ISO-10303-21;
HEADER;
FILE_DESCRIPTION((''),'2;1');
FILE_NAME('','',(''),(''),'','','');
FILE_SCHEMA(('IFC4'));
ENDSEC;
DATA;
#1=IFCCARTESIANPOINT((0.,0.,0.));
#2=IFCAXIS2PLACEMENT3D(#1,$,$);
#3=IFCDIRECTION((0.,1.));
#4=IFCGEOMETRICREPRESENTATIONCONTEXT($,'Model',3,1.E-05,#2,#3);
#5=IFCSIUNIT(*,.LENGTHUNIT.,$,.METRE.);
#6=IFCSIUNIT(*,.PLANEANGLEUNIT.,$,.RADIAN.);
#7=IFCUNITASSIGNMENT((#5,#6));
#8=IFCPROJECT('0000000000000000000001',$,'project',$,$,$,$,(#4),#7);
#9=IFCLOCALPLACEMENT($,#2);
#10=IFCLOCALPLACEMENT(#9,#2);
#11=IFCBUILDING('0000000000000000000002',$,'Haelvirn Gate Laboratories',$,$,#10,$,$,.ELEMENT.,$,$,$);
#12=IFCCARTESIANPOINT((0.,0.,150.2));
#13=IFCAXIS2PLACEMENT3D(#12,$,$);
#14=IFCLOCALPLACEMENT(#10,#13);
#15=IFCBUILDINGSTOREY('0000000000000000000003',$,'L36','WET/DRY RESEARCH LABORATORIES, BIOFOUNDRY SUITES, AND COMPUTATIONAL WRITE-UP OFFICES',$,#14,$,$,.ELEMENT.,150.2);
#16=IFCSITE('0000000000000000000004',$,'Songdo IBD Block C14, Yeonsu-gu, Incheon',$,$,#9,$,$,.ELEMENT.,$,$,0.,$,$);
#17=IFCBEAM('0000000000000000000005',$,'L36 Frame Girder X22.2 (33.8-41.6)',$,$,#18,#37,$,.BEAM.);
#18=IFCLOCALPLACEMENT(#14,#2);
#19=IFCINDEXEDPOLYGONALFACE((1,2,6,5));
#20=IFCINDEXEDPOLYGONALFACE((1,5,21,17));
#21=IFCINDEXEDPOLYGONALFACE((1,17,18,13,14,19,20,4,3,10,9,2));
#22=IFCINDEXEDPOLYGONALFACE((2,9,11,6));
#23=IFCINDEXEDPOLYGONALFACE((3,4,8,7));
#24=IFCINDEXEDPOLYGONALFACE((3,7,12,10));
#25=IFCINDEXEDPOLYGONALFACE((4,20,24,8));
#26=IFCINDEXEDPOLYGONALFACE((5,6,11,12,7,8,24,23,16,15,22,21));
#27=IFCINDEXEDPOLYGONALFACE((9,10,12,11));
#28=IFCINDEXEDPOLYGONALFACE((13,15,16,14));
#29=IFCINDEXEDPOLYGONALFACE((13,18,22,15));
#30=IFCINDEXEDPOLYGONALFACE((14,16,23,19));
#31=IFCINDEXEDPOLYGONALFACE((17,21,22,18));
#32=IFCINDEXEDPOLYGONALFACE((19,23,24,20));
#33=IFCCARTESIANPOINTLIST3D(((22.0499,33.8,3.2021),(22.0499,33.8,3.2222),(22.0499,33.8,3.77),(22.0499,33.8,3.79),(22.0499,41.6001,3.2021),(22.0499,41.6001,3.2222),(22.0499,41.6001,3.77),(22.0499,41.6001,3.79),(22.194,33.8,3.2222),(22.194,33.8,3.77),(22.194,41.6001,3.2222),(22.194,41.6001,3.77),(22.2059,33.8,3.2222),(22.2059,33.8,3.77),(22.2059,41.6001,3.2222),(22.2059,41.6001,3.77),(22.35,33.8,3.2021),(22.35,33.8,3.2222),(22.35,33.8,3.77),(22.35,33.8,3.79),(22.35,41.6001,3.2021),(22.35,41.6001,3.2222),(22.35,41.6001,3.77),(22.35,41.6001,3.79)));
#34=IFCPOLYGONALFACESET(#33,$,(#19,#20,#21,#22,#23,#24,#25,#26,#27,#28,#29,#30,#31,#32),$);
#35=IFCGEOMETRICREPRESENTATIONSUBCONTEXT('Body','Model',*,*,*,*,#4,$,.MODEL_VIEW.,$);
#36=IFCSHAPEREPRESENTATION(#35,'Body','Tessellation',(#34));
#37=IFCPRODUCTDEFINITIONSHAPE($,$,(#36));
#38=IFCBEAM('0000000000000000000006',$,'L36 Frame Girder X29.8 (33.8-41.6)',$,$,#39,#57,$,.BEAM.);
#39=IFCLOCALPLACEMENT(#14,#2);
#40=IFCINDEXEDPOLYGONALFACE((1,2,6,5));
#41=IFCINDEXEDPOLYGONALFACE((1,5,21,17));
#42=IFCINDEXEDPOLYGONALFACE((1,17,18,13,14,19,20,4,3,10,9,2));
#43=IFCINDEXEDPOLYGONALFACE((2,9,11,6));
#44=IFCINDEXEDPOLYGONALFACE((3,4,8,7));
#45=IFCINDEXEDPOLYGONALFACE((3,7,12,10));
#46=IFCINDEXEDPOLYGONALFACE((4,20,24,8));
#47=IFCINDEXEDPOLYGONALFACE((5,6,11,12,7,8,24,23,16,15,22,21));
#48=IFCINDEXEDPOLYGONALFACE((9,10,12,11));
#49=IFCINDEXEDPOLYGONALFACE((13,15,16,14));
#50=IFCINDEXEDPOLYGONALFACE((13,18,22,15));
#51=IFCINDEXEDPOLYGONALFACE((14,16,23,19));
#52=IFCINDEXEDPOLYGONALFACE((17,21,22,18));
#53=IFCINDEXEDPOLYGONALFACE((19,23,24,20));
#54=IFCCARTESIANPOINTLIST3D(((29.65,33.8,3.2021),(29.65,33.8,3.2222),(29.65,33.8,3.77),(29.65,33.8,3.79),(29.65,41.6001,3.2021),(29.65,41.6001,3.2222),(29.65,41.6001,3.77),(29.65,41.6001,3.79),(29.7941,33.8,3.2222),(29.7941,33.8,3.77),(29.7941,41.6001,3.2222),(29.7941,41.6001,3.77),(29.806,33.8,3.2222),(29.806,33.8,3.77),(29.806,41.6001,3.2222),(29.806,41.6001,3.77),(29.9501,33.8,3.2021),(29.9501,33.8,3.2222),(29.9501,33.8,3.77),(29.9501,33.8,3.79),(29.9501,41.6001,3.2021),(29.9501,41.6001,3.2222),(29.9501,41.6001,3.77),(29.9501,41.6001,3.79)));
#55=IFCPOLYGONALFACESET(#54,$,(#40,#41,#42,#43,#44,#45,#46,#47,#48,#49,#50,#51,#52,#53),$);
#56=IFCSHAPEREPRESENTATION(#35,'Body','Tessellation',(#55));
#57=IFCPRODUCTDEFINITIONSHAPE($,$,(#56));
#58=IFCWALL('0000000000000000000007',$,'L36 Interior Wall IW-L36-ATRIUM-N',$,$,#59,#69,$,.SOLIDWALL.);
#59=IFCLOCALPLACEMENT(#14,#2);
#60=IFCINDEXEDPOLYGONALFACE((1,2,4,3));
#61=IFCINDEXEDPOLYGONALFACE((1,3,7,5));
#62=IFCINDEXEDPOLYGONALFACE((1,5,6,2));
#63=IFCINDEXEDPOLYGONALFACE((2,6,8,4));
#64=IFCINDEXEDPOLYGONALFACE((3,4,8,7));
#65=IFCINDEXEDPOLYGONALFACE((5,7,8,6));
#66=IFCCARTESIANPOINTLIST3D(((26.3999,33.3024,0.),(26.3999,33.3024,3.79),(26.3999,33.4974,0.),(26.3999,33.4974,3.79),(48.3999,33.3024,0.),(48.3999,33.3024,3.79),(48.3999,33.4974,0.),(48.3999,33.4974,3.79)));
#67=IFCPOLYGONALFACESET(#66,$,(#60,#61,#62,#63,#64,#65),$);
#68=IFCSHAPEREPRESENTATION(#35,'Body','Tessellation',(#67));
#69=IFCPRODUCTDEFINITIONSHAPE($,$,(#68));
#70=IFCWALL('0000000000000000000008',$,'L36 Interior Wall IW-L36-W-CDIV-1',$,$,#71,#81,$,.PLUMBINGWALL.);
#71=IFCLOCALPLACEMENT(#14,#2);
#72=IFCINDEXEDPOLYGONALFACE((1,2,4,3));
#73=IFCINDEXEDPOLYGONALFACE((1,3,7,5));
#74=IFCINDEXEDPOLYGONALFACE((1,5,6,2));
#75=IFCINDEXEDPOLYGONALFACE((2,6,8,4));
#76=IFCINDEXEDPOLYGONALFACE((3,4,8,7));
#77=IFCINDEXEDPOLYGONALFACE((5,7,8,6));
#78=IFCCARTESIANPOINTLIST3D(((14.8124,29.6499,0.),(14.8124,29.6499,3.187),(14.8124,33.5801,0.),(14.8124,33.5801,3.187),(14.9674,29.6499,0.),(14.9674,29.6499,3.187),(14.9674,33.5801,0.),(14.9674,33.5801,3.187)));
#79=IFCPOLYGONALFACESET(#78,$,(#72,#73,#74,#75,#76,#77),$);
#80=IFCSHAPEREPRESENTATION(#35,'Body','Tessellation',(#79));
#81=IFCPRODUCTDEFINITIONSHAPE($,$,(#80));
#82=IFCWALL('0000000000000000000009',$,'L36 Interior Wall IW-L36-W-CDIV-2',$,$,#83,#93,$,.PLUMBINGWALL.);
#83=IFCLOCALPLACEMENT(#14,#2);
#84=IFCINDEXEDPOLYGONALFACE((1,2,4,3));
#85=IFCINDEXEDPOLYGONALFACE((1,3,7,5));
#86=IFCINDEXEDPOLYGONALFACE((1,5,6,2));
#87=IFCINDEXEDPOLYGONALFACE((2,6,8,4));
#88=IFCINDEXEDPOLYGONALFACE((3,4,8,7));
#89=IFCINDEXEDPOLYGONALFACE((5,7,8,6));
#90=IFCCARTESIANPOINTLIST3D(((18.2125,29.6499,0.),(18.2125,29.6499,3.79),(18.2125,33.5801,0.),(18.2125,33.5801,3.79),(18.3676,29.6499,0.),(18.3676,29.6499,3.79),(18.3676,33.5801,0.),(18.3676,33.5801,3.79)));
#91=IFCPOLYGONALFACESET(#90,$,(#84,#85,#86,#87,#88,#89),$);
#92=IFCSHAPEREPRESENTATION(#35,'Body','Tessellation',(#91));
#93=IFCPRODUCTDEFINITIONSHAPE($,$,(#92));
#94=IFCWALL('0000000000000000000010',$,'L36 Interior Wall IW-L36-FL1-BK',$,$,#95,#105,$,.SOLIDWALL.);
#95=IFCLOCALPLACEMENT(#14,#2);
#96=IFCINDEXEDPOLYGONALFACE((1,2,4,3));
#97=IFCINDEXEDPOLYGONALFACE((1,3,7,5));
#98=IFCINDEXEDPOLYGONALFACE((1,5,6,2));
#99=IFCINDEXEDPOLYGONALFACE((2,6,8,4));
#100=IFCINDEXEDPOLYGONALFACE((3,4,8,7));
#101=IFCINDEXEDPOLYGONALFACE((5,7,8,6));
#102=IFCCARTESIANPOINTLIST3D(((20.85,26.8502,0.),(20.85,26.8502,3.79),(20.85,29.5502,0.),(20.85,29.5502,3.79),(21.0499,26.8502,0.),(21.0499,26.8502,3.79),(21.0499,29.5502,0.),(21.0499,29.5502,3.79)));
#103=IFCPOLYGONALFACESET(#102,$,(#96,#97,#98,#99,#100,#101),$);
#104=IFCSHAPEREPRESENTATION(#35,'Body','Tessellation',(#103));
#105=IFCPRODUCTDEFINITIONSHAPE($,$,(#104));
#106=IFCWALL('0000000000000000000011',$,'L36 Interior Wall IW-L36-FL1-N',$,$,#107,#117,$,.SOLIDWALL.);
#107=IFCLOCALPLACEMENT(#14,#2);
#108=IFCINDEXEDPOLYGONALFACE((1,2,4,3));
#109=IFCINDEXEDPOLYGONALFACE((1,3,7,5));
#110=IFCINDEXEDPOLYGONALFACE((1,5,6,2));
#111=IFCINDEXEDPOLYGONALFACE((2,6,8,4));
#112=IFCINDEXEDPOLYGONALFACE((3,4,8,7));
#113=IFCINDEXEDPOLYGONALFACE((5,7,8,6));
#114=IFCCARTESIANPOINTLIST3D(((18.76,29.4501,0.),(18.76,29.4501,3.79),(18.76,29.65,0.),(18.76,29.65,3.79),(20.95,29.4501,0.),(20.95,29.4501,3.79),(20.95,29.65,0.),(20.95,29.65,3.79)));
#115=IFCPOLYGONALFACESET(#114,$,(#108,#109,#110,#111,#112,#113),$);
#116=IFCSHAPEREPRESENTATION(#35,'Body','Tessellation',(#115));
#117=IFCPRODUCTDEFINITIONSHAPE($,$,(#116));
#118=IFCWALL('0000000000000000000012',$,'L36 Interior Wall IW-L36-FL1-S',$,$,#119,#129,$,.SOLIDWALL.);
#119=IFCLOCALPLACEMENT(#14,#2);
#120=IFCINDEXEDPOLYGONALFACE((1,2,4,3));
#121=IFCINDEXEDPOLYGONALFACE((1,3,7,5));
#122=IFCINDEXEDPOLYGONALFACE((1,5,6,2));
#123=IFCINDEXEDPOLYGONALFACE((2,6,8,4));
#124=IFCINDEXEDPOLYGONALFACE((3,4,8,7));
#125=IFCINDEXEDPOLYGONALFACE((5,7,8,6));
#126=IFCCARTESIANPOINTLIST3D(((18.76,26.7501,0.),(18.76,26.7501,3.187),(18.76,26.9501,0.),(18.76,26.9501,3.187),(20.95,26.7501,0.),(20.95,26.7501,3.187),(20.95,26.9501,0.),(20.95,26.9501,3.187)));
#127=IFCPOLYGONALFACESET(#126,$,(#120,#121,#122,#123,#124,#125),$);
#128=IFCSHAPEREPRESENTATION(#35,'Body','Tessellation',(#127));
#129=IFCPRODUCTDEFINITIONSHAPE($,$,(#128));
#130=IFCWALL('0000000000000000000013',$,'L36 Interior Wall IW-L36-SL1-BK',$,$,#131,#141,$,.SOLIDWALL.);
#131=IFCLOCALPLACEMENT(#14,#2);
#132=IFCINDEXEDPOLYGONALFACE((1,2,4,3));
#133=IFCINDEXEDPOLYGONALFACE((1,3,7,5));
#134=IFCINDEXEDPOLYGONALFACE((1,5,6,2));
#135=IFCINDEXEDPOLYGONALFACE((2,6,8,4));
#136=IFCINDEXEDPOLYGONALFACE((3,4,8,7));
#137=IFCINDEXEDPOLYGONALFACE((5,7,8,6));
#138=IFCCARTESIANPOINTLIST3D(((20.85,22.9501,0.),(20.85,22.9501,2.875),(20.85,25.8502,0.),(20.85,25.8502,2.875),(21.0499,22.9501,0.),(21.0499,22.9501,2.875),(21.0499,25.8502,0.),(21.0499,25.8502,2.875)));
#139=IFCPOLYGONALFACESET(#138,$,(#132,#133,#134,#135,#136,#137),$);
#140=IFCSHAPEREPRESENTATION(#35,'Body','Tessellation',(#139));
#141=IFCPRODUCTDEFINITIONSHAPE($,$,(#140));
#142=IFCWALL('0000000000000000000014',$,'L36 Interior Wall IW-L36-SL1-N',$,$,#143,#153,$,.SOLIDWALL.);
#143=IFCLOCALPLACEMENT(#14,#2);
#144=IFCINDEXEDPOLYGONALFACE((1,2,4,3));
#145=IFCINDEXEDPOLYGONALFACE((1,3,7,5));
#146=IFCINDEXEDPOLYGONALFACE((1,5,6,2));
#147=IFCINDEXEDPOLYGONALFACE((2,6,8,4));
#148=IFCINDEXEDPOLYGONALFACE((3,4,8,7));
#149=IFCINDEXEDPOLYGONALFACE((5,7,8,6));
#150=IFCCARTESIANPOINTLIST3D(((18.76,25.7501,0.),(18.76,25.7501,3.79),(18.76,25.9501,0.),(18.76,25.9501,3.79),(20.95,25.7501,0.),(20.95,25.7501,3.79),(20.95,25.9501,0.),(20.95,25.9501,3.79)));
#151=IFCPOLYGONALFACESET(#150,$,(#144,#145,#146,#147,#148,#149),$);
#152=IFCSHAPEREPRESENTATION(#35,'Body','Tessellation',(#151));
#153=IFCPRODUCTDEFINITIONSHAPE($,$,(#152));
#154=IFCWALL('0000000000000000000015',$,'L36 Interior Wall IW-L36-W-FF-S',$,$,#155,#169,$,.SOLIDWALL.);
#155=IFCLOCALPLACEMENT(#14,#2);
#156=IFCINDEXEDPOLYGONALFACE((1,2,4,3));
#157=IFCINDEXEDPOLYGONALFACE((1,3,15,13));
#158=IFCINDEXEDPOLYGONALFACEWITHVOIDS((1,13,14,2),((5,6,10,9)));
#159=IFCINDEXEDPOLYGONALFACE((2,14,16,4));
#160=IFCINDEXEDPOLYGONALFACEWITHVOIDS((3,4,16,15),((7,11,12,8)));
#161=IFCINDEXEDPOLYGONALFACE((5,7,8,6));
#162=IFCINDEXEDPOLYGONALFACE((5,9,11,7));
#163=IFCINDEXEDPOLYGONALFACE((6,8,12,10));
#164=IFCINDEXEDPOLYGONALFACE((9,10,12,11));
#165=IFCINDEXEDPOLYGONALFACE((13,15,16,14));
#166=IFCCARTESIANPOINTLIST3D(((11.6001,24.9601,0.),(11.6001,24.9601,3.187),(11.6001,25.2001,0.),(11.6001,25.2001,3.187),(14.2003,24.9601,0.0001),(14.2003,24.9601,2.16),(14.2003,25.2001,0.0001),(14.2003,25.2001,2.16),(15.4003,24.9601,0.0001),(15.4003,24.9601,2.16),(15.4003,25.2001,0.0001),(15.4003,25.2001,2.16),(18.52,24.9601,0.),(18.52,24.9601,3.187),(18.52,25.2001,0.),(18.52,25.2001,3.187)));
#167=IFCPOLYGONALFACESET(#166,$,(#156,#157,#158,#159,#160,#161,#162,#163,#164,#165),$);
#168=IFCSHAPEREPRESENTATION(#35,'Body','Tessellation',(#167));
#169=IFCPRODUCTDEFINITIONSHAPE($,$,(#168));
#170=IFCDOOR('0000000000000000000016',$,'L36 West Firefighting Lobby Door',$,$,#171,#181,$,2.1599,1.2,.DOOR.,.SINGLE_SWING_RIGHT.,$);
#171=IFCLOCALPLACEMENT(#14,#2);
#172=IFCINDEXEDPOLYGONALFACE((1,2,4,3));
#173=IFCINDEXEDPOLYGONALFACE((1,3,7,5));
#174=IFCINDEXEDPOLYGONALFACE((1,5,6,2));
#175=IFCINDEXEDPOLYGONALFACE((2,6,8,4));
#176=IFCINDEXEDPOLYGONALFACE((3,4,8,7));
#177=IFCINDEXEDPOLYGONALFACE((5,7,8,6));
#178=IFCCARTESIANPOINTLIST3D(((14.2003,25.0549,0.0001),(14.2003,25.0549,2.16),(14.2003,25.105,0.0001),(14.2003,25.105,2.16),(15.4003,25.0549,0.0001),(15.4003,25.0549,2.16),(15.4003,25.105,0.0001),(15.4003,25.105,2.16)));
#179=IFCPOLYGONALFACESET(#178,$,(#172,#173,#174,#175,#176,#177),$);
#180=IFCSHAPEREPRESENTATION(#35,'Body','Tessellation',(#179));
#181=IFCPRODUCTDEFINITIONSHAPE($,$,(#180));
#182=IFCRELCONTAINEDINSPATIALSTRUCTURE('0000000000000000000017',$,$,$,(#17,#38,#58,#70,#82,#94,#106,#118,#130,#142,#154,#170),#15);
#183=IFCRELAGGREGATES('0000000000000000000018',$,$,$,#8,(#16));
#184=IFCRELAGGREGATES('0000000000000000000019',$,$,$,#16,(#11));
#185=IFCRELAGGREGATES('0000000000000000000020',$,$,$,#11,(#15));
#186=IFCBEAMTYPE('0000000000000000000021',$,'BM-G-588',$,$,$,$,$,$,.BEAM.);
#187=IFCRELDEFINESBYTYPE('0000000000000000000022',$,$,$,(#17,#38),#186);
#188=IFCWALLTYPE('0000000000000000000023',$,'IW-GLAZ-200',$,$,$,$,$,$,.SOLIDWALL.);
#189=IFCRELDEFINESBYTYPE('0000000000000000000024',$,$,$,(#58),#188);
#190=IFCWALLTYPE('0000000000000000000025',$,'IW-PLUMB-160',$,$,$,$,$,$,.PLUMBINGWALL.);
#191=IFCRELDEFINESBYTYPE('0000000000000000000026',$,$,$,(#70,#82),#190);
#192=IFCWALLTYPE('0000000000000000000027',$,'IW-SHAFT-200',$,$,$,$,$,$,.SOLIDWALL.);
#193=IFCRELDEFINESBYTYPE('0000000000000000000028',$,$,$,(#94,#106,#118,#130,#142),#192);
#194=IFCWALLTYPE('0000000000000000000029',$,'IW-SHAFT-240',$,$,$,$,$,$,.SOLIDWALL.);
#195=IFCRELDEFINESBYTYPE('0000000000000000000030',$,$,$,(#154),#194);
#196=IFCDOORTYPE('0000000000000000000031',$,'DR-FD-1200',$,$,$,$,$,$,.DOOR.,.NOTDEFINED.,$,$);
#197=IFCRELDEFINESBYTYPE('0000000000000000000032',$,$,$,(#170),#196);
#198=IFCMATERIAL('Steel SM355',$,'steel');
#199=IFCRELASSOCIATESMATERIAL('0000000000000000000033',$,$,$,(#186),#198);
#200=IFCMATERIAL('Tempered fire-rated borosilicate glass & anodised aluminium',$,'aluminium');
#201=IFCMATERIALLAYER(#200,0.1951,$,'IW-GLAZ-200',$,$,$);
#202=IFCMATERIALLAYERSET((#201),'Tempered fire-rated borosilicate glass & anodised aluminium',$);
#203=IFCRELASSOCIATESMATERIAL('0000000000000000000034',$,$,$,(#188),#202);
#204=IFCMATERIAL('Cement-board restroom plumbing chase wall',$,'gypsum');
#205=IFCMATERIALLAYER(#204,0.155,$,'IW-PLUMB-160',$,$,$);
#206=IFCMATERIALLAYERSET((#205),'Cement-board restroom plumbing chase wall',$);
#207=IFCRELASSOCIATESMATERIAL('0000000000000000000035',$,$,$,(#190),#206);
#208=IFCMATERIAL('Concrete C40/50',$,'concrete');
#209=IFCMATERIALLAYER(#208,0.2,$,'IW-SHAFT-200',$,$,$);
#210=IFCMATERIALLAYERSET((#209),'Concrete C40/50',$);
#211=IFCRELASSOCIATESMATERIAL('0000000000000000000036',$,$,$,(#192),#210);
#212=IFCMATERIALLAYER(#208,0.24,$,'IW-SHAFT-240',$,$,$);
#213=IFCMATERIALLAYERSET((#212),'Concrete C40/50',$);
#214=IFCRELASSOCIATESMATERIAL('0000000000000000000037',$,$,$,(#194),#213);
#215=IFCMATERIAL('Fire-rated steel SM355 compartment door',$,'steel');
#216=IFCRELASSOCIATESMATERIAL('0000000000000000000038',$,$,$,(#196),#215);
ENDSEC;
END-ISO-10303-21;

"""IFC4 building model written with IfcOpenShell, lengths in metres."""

from ifc_helpers import new_model, si_unit, direction, frame, frame_2d, origin, origin_2d, place, context, subcontext, project, spatial, rectangle, i_section, extrude, source, transform, mapped, material, layer, layer_set, material_profile, profile_set, type_object, type_shapes, element, fill, save


model = new_model("IFC4")

# Units and contexts
model_context = context("Model", 3, precision=1e-05, world=origin(), true_north=direction((0.0, 1.0)))
body_context = subcontext(model_context, "Body", "Model", "MODEL_VIEW")
ifc_project = project(units=[si_unit("LENGTHUNIT", "METRE"), si_unit("PLANEANGLEUNIT", "RADIAN")], contexts=[model_context])

# Site, building, storey
site_placement = place(None, origin())
site = spatial("IfcSite", under=ifc_project, at=site_placement, Name="Songdo IBD Block C14, Yeonsu-gu, Incheon", CompositionType="ELEMENT", RefElevation=0.0)
building_placement = place(site_placement, origin())
building = spatial("IfcBuilding", under=site, at=building_placement, Name="Haelvirn Gate Laboratories", CompositionType="ELEMENT")
storey_placement = place(building_placement, frame((0.0, 0.0, 150.2)))
storey = spatial("IfcBuildingStorey", under=building, at=storey_placement, Name="L36", Description="WET/DRY RESEARCH LABORATORIES, BIOFOUNDRY SUITES, AND COMPUTATIONAL WRITE-UP OFFICES", CompositionType="ELEMENT", Elevation=150.2)

# Shared definitions
ifc_material_1 = material(Name="Steel SM355", Category="steel")

# Beams
ifc_material_profile_1 = material_profile(ifc_material_1, i_section(OverallWidth=0.3, OverallDepth=0.5879, WebThickness=0.012, FlangeThickness=0.02, at=origin_2d()), Name="H-588x300x12x20")
ifc_profile_set_1 = profile_set([ifc_material_profile_1], Name="Steel SM355")
beam_type_1 = type_object("IfcBeamType", Name="BM-G-588", PredefinedType="BEAM", material=ifc_profile_set_1)
shared_shape_1 = source(origin(), body_context, "Body", "SweptSolid", [
    extrude(i_section(OverallWidth=0.3, OverallDepth=0.5879, WebThickness=0.012, FlangeThickness=0.02, at=origin_2d()), origin(), (0.0, 0.0, 1.0), 7.8),
])
type_shapes(beam_type_1, [shared_shape_1])
for number, where, z_axis, x_axis, name in (
    (1, (22.2, 33.8, 3.4961), (0.0, 1.0, 0.0), (-1.0, 0.0, 0.0), "L36 Frame Girder X22.2 (33.8-41.6)"),
    (2, (29.8, 33.8, 3.4961), (0.0, 1.0, 0.0), (-1.0, 0.0, 0.0), "L36 Frame Girder X29.8 (33.8-41.6)"),
):
    element("IfcBeam", number, at=place(storey_placement, frame(where, z_axis=z_axis, x_axis=x_axis)), inside=storey, type_object=beam_type_1, Name=name, PredefinedType="BEAM", context=body_context, shape_type="MappedRepresentation", body=[
        mapped(shared_shape_1, transform((0.0, 0.0, 0.0), scale=1.0)),
    ])

# Walls
ifc_material_2 = material(Name="Tempered fire-rated borosilicate glass & anodised aluminium", Category="aluminium")
ifc_layer_1 = layer(ifc_material_2, 0.1951, Name="IW-GLAZ-200")
ifc_layer_set_1 = layer_set([ifc_layer_1], Name="Tempered fire-rated borosilicate glass & anodised aluminium")
wall_type_1 = type_object("IfcWallType", Name="IW-GLAZ-200", PredefinedType="SOLIDWALL", material=ifc_layer_set_1)
wall_1_placement = place(storey_placement, frame((26.3999, 33.3999, 0.0), z_axis=(0.0, 0.0, 1.0), x_axis=(1.0, 0.0, 0.0)))
element("IfcWall", 3, at=wall_1_placement, inside=storey, type_object=wall_type_1, Name="L36 Interior Wall IW-L36-ATRIUM-N", PredefinedType="SOLIDWALL", context=body_context, shape_type="SweptSolid", body=[
    extrude(rectangle(XDim=22.0, YDim=0.1951, at=frame_2d((11.0, 0.0))), origin(), (0.0, 0.0, 1.0), 3.79),
])
ifc_material_3 = material(Name="Cement-board restroom plumbing chase wall", Category="gypsum")
ifc_layer_2 = layer(ifc_material_3, 0.155, Name="IW-PLUMB-160")
ifc_layer_set_2 = layer_set([ifc_layer_2], Name="Cement-board restroom plumbing chase wall")
wall_type_2 = type_object("IfcWallType", Name="IW-PLUMB-160", PredefinedType="PLUMBINGWALL", material=ifc_layer_set_2)
wall_2_placement = place(storey_placement, frame((14.8899, 29.6499, 0.0), z_axis=(0.0, 0.0, 1.0), x_axis=(0.0, 1.0, 0.0)))
element("IfcWall", 4, at=wall_2_placement, inside=storey, type_object=wall_type_2, Name="L36 Interior Wall IW-L36-W-CDIV-1", PredefinedType="PLUMBINGWALL", context=body_context, shape_type="SweptSolid", body=[
    extrude(rectangle(XDim=3.9302, YDim=0.155, at=frame_2d((1.9651, 0.0))), origin(), (0.0, 0.0, 1.0), 3.187),
])
wall_3_placement = place(storey_placement, frame((18.29, 29.6499, 0.0), z_axis=(0.0, 0.0, 1.0), x_axis=(0.0, 1.0, 0.0)))
element("IfcWall", 5, at=wall_3_placement, inside=storey, type_object=wall_type_2, Name="L36 Interior Wall IW-L36-W-CDIV-2", PredefinedType="PLUMBINGWALL", context=body_context, shape_type="SweptSolid", body=[
    extrude(rectangle(XDim=3.9302, YDim=0.155, at=frame_2d((1.9651, 0.0))), origin(), (0.0, 0.0, 1.0), 3.79),
])
ifc_material_4 = material(Name="Concrete C40/50", Category="concrete")
ifc_layer_3 = layer(ifc_material_4, 0.2, Name="IW-SHAFT-200")
ifc_layer_set_3 = layer_set([ifc_layer_3], Name="Concrete C40/50")
wall_type_3 = type_object("IfcWallType", Name="IW-SHAFT-200", PredefinedType="SOLIDWALL", material=ifc_layer_set_3)
wall_4_placement = place(storey_placement, frame((20.95, 26.8501, 0.0), z_axis=(0.0, 0.0, 1.0), x_axis=(0.0, 1.0, 0.0)))
element("IfcWall", 6, at=wall_4_placement, inside=storey, type_object=wall_type_3, Name="L36 Interior Wall IW-L36-FL1-BK", PredefinedType="SOLIDWALL", context=body_context, shape_type="SweptSolid", body=[
    extrude(rectangle(XDim=2.7, YDim=0.2, at=frame_2d((1.3501, 0.0))), origin(), (0.0, 0.0, 1.0), 3.79),
])
wall_5_placement = place(storey_placement, frame((18.76, 29.55, 0.0), z_axis=(0.0, 0.0, 1.0), x_axis=(1.0, 0.0, 0.0)))
element("IfcWall", 7, at=wall_5_placement, inside=storey, type_object=wall_type_3, Name="L36 Interior Wall IW-L36-FL1-N", PredefinedType="SOLIDWALL", context=body_context, shape_type="SweptSolid", body=[
    extrude(rectangle(XDim=2.1899, YDim=0.2, at=frame_2d((1.095, 0.0))), origin(), (0.0, 0.0, 1.0), 3.79),
])
wall_6_placement = place(storey_placement, frame((18.76, 26.8501, 0.0), z_axis=(0.0, 0.0, 1.0), x_axis=(1.0, 0.0, 0.0)))
element("IfcWall", 8, at=wall_6_placement, inside=storey, type_object=wall_type_3, Name="L36 Interior Wall IW-L36-FL1-S", PredefinedType="SOLIDWALL", context=body_context, shape_type="SweptSolid", body=[
    extrude(rectangle(XDim=2.1899, YDim=0.2, at=frame_2d((1.095, 0.0))), origin(), (0.0, 0.0, 1.0), 3.187),
])
wall_7_placement = place(storey_placement, frame((20.95, 22.95, 0.0), z_axis=(0.0, 0.0, 1.0), x_axis=(0.0, 1.0, 0.0)))
element("IfcWall", 9, at=wall_7_placement, inside=storey, type_object=wall_type_3, Name="L36 Interior Wall IW-L36-SL1-BK", PredefinedType="SOLIDWALL", context=body_context, shape_type="SweptSolid", body=[
    extrude(rectangle(XDim=2.9001, YDim=0.2, at=frame_2d((1.4502, 0.0))), origin(), (0.0, 0.0, 1.0), 2.875),
])
wall_8_placement = place(storey_placement, frame((18.76, 25.8501, 0.0), z_axis=(0.0, 0.0, 1.0), x_axis=(1.0, 0.0, 0.0)))
element("IfcWall", 10, at=wall_8_placement, inside=storey, type_object=wall_type_3, Name="L36 Interior Wall IW-L36-SL1-N", PredefinedType="SOLIDWALL", context=body_context, shape_type="SweptSolid", body=[
    extrude(rectangle(XDim=2.1899, YDim=0.2, at=frame_2d((1.095, 0.0))), origin(), (0.0, 0.0, 1.0), 3.79),
])

# Wall, opening, door
ifc_layer_4 = layer(ifc_material_4, 0.24, Name="IW-SHAFT-240")
ifc_layer_set_4 = layer_set([ifc_layer_4], Name="Concrete C40/50")
wall_type_4 = type_object("IfcWallType", Name="IW-SHAFT-240", PredefinedType="SOLIDWALL", material=ifc_layer_set_4)
wall_9_placement = place(storey_placement, frame((11.6001, 25.0801, 0.0), z_axis=(0.0, 0.0, 1.0), x_axis=(1.0, 0.0, 0.0)))
wall_9 = element("IfcWall", 11, at=wall_9_placement, inside=storey, type_object=wall_type_4, Name="L36 Interior Wall IW-L36-W-FF-S", PredefinedType="SOLIDWALL", context=body_context, shape_type="SweptSolid", body=[
    extrude(rectangle(XDim=6.9199, YDim=0.24, at=frame_2d((3.46, 0.0))), origin(), (0.0, 0.0, 1.0), 3.187),
])
opening_1_placement = place(wall_9_placement, frame((2.6001, 0.0, 0.0)))
opening_1 = element("IfcOpeningElement", 12, at=opening_1_placement, cuts=wall_9, PredefinedType="OPENING", context=body_context, shape_type="SweptSolid", body=[
    extrude(rectangle(XDim=1.2, YDim=2.1599, at=frame_2d((0.6001, 1.0801))), frame((0.0, 0.1299, 0.0), z_axis=(0.0, -1.0, 0.0), x_axis=(1.0, 0.0, 0.0)), (0.0, 0.0, 1.0), 0.26),
])
ifc_material_5 = material(Name="Fire-rated steel SM355 compartment door", Category="steel")
door_type_1 = type_object("IfcDoorType", Name="DR-FD-1200", OperationType="NOTDEFINED", PredefinedType="DOOR", material=ifc_material_5)
shared_shape_2 = source(origin(), body_context, "Body", "SweptSolid", [
    extrude(rectangle(XDim=1.2, YDim=2.1599, at=frame_2d((0.6001, 1.0801))), frame((0.0, 0.0249, 0.0), z_axis=(0.0, -1.0, 0.0), x_axis=(1.0, 0.0, 0.0)), (0.0, 0.0, 1.0), 0.05),
])
type_shapes(door_type_1, [shared_shape_2])
door_1_placement = place(opening_1_placement, origin())
door_1 = element("IfcDoor", 13, at=door_1_placement, inside=storey, type_object=door_type_1, Name="L36 West Firefighting Lobby Door", OperationType="SINGLE_SWING_RIGHT", OverallHeight=2.1599, OverallWidth=1.2, PredefinedType="DOOR", context=body_context, shape_type="MappedRepresentation", body=[
    mapped(shared_shape_2, transform((0.0, 0.0, 0.0), scale=1.0)),
])
fill(opening_1, door_1)

save(model, "model.ifc")
